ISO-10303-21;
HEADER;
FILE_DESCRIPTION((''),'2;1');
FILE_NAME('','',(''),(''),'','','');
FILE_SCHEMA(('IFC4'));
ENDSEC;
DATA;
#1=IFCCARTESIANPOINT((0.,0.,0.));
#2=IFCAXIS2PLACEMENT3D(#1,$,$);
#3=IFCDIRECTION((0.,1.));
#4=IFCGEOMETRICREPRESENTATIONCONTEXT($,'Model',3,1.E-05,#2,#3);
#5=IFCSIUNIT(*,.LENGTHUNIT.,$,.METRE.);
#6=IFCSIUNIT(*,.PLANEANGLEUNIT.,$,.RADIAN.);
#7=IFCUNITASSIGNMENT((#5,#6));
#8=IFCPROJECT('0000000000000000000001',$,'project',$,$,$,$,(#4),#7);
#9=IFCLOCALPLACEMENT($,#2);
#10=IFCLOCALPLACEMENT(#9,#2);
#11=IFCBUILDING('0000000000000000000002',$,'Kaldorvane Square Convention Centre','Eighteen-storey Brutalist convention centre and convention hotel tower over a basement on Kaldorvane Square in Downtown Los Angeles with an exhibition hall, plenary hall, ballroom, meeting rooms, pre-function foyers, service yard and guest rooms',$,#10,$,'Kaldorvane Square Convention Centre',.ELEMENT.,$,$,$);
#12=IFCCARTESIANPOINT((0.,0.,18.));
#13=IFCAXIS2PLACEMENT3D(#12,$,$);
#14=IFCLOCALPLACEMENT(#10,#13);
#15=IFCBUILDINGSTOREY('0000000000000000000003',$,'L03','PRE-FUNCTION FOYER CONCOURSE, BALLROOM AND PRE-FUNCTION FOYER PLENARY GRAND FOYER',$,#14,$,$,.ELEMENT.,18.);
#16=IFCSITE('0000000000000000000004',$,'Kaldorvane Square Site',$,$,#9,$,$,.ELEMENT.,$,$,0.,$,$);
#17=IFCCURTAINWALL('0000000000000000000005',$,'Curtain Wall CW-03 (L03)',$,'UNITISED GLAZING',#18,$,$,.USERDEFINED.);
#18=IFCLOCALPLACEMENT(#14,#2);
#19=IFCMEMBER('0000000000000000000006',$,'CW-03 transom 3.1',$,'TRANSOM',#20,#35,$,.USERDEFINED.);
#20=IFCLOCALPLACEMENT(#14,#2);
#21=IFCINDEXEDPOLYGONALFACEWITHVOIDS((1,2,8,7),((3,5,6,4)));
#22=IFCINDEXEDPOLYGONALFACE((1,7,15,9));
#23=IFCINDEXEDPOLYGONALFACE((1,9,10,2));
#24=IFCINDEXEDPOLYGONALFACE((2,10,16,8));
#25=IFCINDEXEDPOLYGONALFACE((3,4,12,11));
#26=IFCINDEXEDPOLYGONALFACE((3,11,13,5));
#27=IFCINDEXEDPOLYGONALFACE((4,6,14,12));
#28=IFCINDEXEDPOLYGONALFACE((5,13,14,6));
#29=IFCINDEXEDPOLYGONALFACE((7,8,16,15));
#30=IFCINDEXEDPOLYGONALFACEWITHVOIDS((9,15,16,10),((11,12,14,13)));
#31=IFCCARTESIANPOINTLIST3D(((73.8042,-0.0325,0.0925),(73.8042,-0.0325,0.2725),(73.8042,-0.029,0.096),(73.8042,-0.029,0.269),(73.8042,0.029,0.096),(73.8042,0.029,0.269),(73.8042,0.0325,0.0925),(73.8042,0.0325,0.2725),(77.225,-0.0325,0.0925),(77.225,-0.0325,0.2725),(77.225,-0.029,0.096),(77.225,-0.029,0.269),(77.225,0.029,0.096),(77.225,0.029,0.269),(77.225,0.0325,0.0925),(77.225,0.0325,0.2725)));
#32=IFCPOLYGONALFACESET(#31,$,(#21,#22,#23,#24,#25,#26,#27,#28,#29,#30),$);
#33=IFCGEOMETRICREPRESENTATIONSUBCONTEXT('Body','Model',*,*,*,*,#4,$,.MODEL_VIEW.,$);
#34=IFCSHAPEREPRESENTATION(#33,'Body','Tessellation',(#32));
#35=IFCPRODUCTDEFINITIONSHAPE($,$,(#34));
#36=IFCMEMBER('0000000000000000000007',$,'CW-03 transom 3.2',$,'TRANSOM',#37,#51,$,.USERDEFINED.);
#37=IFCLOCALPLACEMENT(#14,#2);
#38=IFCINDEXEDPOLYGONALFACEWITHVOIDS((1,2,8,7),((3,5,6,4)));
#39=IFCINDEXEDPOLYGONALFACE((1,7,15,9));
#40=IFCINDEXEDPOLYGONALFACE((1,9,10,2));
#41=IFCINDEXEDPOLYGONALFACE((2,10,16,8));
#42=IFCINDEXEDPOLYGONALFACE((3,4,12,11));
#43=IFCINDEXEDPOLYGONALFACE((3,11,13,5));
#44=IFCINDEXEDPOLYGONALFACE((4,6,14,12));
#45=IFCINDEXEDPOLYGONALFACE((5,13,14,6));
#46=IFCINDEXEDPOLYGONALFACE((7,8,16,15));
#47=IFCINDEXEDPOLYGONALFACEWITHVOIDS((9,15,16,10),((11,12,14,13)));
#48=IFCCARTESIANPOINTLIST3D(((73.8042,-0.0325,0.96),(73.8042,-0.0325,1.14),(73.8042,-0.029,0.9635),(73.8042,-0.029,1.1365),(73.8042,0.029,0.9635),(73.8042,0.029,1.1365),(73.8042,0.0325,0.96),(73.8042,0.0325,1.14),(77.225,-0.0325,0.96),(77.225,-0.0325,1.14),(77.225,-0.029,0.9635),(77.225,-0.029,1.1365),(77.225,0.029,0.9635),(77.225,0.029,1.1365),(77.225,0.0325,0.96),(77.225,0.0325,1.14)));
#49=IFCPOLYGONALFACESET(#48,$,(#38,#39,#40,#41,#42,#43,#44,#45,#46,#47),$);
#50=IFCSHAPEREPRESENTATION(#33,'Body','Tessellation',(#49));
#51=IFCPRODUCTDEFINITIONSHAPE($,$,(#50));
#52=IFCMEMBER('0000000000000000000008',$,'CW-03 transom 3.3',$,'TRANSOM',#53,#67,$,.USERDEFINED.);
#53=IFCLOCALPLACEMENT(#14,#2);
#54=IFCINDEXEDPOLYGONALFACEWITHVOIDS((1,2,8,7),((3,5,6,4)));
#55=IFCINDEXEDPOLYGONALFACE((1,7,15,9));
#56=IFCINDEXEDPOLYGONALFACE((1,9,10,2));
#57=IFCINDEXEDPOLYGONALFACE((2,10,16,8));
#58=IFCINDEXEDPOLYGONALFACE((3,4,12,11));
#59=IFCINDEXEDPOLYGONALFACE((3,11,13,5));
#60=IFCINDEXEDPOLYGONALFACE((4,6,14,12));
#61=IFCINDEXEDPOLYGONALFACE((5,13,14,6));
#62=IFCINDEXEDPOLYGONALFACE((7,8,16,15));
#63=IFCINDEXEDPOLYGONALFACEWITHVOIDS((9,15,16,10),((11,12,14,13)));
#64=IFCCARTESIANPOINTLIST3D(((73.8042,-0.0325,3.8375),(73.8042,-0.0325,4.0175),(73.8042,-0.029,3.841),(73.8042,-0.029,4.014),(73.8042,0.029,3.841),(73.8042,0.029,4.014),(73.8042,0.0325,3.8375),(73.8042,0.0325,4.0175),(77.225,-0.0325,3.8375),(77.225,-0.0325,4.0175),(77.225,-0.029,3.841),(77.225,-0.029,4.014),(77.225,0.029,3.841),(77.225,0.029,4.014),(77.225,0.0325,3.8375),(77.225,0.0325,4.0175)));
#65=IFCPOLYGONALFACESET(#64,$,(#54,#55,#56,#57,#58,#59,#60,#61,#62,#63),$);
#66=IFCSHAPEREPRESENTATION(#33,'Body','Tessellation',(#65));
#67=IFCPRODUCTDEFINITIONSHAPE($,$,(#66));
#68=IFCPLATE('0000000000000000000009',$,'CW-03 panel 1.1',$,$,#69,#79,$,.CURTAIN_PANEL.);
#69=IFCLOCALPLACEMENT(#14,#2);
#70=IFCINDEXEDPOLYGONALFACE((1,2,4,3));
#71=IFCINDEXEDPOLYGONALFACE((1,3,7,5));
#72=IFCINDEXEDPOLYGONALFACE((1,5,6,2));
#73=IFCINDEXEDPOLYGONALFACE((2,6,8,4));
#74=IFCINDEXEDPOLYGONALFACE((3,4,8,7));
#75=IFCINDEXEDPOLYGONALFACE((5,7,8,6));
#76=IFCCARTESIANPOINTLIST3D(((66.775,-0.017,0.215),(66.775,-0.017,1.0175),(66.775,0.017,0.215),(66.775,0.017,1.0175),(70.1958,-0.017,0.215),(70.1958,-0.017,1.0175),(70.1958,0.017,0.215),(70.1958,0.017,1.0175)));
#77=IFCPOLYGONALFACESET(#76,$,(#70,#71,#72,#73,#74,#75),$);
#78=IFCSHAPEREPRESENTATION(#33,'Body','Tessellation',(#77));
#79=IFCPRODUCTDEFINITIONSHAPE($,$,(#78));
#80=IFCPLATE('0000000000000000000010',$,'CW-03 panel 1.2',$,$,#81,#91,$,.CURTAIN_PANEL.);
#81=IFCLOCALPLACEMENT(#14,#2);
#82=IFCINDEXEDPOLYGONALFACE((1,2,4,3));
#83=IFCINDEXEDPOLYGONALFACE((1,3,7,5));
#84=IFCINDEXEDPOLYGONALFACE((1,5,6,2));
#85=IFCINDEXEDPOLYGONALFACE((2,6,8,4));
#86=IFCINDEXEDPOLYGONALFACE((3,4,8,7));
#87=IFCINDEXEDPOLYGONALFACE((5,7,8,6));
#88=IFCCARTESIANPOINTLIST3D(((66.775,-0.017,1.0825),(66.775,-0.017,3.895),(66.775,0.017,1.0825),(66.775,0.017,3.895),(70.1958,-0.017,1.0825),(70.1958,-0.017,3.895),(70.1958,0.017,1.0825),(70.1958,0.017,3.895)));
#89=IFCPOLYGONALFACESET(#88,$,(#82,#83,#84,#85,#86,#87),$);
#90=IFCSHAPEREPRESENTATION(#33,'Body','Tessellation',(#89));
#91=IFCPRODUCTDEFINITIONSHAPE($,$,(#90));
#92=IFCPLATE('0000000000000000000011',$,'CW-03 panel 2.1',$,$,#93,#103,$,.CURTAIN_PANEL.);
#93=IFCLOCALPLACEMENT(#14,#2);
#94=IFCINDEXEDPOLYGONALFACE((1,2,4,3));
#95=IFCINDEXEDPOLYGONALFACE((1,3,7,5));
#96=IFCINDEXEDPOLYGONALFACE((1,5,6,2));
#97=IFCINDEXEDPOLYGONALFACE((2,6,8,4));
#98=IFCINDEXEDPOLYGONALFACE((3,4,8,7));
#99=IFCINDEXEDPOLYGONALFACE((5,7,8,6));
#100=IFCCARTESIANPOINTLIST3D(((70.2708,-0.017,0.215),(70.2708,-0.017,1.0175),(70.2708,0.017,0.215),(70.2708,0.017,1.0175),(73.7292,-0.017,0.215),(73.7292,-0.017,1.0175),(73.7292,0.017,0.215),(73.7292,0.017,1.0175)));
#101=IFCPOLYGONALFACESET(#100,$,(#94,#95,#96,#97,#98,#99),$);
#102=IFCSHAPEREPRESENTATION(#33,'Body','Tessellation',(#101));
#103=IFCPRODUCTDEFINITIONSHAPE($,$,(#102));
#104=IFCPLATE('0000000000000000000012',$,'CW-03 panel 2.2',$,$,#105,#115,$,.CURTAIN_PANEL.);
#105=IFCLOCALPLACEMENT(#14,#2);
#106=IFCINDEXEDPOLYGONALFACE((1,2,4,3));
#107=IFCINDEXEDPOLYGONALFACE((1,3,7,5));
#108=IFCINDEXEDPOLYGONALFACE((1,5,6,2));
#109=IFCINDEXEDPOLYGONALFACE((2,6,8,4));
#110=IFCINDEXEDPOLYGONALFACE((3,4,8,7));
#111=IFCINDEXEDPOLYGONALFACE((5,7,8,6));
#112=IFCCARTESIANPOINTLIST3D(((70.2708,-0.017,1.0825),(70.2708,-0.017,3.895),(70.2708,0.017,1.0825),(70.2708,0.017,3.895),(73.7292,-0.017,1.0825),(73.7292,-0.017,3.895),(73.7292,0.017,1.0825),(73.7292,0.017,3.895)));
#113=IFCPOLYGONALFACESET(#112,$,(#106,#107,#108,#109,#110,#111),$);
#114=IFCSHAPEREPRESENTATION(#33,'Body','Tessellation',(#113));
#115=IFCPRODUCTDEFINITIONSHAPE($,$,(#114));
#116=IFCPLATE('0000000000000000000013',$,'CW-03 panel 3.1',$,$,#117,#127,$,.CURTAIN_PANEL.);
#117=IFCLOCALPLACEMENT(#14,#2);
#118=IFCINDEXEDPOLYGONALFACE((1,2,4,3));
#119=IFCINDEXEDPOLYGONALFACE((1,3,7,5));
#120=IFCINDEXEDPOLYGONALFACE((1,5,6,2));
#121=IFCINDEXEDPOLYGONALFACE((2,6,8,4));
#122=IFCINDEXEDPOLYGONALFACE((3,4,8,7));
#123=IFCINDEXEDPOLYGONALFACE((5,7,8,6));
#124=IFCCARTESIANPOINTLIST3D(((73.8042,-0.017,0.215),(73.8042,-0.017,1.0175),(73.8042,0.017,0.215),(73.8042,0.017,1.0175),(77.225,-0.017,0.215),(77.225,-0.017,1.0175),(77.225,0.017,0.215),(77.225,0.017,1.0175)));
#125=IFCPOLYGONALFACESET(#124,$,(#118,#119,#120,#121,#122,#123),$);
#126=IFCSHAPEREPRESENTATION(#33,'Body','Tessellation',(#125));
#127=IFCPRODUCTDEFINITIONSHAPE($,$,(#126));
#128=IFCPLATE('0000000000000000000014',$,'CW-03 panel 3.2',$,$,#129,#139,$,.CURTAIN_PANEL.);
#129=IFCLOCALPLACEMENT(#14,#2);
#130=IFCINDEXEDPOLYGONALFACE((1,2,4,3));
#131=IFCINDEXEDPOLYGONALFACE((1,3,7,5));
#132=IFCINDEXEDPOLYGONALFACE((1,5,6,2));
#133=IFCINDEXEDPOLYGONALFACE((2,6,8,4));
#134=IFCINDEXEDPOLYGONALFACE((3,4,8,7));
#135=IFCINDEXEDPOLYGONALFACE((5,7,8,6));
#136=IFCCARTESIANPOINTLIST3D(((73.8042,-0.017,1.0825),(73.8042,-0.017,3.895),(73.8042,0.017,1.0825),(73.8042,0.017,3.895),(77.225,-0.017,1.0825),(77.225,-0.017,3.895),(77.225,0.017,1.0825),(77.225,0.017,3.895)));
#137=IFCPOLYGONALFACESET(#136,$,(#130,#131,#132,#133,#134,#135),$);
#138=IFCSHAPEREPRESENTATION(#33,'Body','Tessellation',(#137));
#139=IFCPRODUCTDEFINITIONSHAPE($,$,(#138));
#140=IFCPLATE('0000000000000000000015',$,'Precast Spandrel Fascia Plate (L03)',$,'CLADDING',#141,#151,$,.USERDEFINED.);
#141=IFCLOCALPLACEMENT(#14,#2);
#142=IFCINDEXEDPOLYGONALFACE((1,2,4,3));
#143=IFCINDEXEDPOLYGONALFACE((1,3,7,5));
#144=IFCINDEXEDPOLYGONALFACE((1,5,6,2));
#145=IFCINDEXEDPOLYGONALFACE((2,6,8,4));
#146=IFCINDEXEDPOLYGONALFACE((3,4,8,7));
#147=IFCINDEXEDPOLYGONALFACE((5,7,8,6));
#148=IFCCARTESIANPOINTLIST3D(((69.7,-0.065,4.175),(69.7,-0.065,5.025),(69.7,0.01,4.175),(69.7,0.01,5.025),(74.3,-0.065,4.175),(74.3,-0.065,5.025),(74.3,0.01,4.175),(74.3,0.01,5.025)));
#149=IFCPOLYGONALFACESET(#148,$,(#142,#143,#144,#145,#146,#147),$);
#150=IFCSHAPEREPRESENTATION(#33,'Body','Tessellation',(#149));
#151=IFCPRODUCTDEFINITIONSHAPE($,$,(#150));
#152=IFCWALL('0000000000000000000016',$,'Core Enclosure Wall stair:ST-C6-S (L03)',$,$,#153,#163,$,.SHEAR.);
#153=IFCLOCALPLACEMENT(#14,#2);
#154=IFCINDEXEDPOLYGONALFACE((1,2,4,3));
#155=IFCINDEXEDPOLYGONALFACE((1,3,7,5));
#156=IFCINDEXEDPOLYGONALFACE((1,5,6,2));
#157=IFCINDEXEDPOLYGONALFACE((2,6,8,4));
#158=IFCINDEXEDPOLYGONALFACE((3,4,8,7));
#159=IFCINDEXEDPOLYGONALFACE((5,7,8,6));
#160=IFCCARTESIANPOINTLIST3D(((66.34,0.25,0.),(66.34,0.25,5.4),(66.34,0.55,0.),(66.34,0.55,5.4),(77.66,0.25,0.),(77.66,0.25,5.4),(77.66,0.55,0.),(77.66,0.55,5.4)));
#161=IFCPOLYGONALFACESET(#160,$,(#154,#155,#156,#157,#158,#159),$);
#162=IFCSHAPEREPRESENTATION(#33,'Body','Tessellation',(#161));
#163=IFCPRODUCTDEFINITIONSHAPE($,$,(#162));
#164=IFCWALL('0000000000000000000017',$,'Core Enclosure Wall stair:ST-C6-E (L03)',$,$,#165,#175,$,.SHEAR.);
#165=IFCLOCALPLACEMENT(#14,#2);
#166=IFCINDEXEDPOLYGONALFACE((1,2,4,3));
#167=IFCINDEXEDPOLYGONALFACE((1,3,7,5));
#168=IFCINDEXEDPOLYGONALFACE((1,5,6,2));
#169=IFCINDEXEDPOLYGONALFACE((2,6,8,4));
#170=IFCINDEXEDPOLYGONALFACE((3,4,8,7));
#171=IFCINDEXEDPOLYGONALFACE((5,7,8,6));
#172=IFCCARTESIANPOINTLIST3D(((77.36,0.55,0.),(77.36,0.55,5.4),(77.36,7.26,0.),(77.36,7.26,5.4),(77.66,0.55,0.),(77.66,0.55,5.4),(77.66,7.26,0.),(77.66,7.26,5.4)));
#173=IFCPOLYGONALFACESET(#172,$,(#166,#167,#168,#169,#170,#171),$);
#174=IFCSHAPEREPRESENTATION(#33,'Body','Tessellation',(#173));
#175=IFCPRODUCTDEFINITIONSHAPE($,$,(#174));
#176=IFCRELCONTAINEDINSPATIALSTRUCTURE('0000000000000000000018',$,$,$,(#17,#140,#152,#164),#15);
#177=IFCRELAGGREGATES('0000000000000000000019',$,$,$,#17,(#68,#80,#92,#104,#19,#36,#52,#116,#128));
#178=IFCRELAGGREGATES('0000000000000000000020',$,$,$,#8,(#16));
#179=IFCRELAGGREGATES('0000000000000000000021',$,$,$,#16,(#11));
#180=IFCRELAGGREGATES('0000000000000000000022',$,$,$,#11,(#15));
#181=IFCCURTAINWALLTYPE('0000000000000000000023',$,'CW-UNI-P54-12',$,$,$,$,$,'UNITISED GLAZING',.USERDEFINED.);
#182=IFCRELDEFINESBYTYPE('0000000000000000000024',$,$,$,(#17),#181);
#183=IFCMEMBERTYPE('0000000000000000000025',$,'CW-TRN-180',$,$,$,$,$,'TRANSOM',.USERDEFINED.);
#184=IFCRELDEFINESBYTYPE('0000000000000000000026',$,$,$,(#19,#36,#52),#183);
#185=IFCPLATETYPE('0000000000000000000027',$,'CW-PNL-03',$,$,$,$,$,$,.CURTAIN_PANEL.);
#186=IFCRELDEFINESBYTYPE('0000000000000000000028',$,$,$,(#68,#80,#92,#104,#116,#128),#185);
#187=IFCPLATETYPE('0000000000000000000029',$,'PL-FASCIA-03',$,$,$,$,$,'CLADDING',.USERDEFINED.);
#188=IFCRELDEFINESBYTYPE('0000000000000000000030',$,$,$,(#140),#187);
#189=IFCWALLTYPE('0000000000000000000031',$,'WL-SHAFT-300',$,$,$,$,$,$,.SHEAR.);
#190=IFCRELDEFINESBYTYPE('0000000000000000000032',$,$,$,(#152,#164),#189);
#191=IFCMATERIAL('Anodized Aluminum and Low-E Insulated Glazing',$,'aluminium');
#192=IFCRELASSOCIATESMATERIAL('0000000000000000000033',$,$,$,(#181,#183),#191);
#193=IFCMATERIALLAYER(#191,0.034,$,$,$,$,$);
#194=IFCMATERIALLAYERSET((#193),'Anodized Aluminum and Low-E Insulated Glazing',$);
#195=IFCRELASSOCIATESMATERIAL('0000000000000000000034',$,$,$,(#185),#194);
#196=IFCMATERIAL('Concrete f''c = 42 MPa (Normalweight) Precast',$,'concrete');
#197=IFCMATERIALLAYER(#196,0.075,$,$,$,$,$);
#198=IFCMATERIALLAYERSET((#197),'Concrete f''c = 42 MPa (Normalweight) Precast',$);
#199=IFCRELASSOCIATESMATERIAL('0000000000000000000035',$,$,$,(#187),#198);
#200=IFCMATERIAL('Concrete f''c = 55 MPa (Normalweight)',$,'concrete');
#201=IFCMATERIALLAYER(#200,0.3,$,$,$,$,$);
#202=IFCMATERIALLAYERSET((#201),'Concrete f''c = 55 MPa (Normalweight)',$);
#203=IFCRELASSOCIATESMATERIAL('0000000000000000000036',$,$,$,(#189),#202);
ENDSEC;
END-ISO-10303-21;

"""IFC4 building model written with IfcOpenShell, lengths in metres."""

from ifc_helpers import new_model, si_unit, direction, frame, frame_2d, origin, origin_2d, place, context, subcontext, project, spatial, rectangle, hollow_rectangle, extrude, material, layer, layer_set, material_profile, profile_set, type_object, element, aggregate, save


model = new_model("IFC4")

# Units and contexts
model_context = context("Model", 3, precision=1e-05, world=origin(), true_north=direction((0.0, 1.0)))
body_context = subcontext(model_context, "Body", "Model", "MODEL_VIEW")
ifc_project = project(units=[si_unit("LENGTHUNIT", "METRE"), si_unit("PLANEANGLEUNIT", "RADIAN")], contexts=[model_context])

# Site, building, storey
site_placement = place(None, origin())
site = spatial("IfcSite", under=ifc_project, at=site_placement, Name="Kaldorvane Square Site", CompositionType="ELEMENT", RefElevation=0.0)
building_placement = place(site_placement, origin())
building = spatial("IfcBuilding", under=site, at=building_placement, Name="Kaldorvane Square Convention Centre", Description="Eighteen-storey Brutalist convention centre and convention hotel tower over a basement on Kaldorvane Square in Downtown Los Angeles with an exhibition hall, plenary hall, ballroom, meeting rooms, pre-function foyers, service yard and guest rooms", LongName="Kaldorvane Square Convention Centre", CompositionType="ELEMENT")
storey_placement = place(building_placement, frame((0.0, 0.0, 18.0)))
storey = spatial("IfcBuildingStorey", under=building, at=storey_placement, Name="L03", Description="PRE-FUNCTION FOYER CONCOURSE, BALLROOM AND PRE-FUNCTION FOYER PLENARY GRAND FOYER", CompositionType="ELEMENT", Elevation=18.0)

# Curtain wall, members, plates
ifc_material_1 = material(Name="Anodized Aluminum and Low-E Insulated Glazing", Category="aluminium")
curtain_wall_type = type_object("IfcCurtainWallType", Name="CW-UNI-P54-12", ElementType="UNITISED GLAZING", PredefinedType="USERDEFINED", material=ifc_material_1)
curtain_wall_placement = place(storey_placement, origin())
curtain_wall = element("IfcCurtainWall", 1, at=curtain_wall_placement, inside=storey, type_object=curtain_wall_type, Name="Curtain Wall CW-03 (L03)", ObjectType="UNITISED GLAZING", PredefinedType="USERDEFINED")
ifc_material_profile_1 = material_profile(ifc_material_1, hollow_rectangle(XDim=0.065, YDim=0.18, WallThickness=0.0035, at=origin_2d()), Name="CWT-180X65")
ifc_profile_set_1 = profile_set([ifc_material_profile_1], Name="Anodized Aluminum and Low-E Insulated Glazing")
member_type_1 = type_object("IfcMemberType", Name="CW-TRN-180", ElementType="TRANSOM", PredefinedType="USERDEFINED", material=ifc_profile_set_1)
member_1_placement = place(storey_placement, frame((73.8042, 0.0, 0.1825), z_axis=(1.0, 0.0, 0.0), x_axis=(0.0, 1.0, 0.0)))
member_1 = element("IfcMember", 2, at=member_1_placement, type_object=member_type_1, Name="CW-03 transom 3.1", ObjectType="TRANSOM", PredefinedType="USERDEFINED", context=body_context, shape_type="SweptSolid", body=[
    extrude(hollow_rectangle(XDim=0.065, YDim=0.18, WallThickness=0.0035, at=origin_2d()), origin(), (0.0, 0.0, 1.0), 3.4208),
])
member_2_placement = place(storey_placement, frame((73.8042, 0.0, 1.05), z_axis=(1.0, 0.0, 0.0), x_axis=(0.0, 1.0, 0.0)))
member_2 = element("IfcMember", 3, at=member_2_placement, type_object=member_type_1, Name="CW-03 transom 3.2", ObjectType="TRANSOM", PredefinedType="USERDEFINED", context=body_context, shape_type="SweptSolid", body=[
    extrude(hollow_rectangle(XDim=0.065, YDim=0.18, WallThickness=0.0035, at=origin_2d()), origin(), (0.0, 0.0, 1.0), 3.4208),
])
member_3_placement = place(storey_placement, frame((73.8042, 0.0, 3.9275), z_axis=(1.0, 0.0, 0.0), x_axis=(0.0, 1.0, 0.0)))
member_3 = element("IfcMember", 4, at=member_3_placement, type_object=member_type_1, Name="CW-03 transom 3.3", ObjectType="TRANSOM", PredefinedType="USERDEFINED", context=body_context, shape_type="SweptSolid", body=[
    extrude(hollow_rectangle(XDim=0.065, YDim=0.18, WallThickness=0.0035, at=origin_2d()), origin(), (0.0, 0.0, 1.0), 3.4208),
])
ifc_layer_1 = layer(ifc_material_1, 0.034)
ifc_layer_set_1 = layer_set([ifc_layer_1], Name="Anodized Aluminum and Low-E Insulated Glazing")
plate_type_1 = type_object("IfcPlateType", Name="CW-PNL-03", PredefinedType="CURTAIN_PANEL", material=ifc_layer_set_1)
plate_1_placement = place(storey_placement, frame((68.4854, 0.0, 0.215), z_axis=(0.0, 0.0, 1.0), x_axis=(1.0, 0.0, 0.0)))
plate_1 = element("IfcPlate", 5, at=plate_1_placement, type_object=plate_type_1, Name="CW-03 panel 1.1", PredefinedType="CURTAIN_PANEL", context=body_context, shape_type="SweptSolid", body=[
    extrude(rectangle(XDim=3.4208, YDim=0.034, at=origin_2d()), origin(), (0.0, 0.0, 1.0), 0.8025),
])
plate_2_placement = place(storey_placement, frame((68.4854, 0.0, 1.0825), z_axis=(0.0, 0.0, 1.0), x_axis=(1.0, 0.0, 0.0)))
plate_2 = element("IfcPlate", 6, at=plate_2_placement, type_object=plate_type_1, Name="CW-03 panel 1.2", PredefinedType="CURTAIN_PANEL", context=body_context, shape_type="SweptSolid", body=[
    extrude(rectangle(XDim=3.4208, YDim=0.034, at=origin_2d()), origin(), (0.0, 0.0, 1.0), 2.8125),
])
plate_3_placement = place(storey_placement, frame((72.0, 0.0, 0.215), z_axis=(0.0, 0.0, 1.0), x_axis=(1.0, 0.0, 0.0)))
plate_3 = element("IfcPlate", 7, at=plate_3_placement, type_object=plate_type_1, Name="CW-03 panel 2.1", PredefinedType="CURTAIN_PANEL", context=body_context, shape_type="SweptSolid", body=[
    extrude(rectangle(XDim=3.4583, YDim=0.034, at=origin_2d()), origin(), (0.0, 0.0, 1.0), 0.8025),
])
plate_4_placement = place(storey_placement, frame((72.0, 0.0, 1.0825), z_axis=(0.0, 0.0, 1.0), x_axis=(1.0, 0.0, 0.0)))
plate_4 = element("IfcPlate", 8, at=plate_4_placement, type_object=plate_type_1, Name="CW-03 panel 2.2", PredefinedType="CURTAIN_PANEL", context=body_context, shape_type="SweptSolid", body=[
    extrude(rectangle(XDim=3.4583, YDim=0.034, at=origin_2d()), origin(), (0.0, 0.0, 1.0), 2.8125),
])
plate_5_placement = place(storey_placement, frame((75.5146, 0.0, 0.215), z_axis=(0.0, 0.0, 1.0), x_axis=(1.0, 0.0, 0.0)))
plate_5 = element("IfcPlate", 9, at=plate_5_placement, type_object=plate_type_1, Name="CW-03 panel 3.1", PredefinedType="CURTAIN_PANEL", context=body_context, shape_type="SweptSolid", body=[
    extrude(rectangle(XDim=3.4208, YDim=0.034, at=origin_2d()), origin(), (0.0, 0.0, 1.0), 0.8025),
])
plate_6_placement = place(storey_placement, frame((75.5146, 0.0, 1.0825), z_axis=(0.0, 0.0, 1.0), x_axis=(1.0, 0.0, 0.0)))
plate_6 = element("IfcPlate", 10, at=plate_6_placement, type_object=plate_type_1, Name="CW-03 panel 3.2", PredefinedType="CURTAIN_PANEL", context=body_context, shape_type="SweptSolid", body=[
    extrude(rectangle(XDim=3.4208, YDim=0.034, at=origin_2d()), origin(), (0.0, 0.0, 1.0), 2.8125),
])
aggregate(curtain_wall, [plate_1, plate_2, plate_3, plate_4, member_1, member_2, member_3, plate_5, plate_6])

# Plate
ifc_material_2 = material(Name="Concrete f'c = 42 MPa (Normalweight) Precast", Category="concrete")
ifc_layer_2 = layer(ifc_material_2, 0.075)
ifc_layer_set_2 = layer_set([ifc_layer_2], Name="Concrete f'c = 42 MPa (Normalweight) Precast")
plate_type_2 = type_object("IfcPlateType", Name="PL-FASCIA-03", ElementType="CLADDING", PredefinedType="USERDEFINED", material=ifc_layer_set_2)
plate_7_placement = place(storey_placement, frame((72.0, -0.0275, 4.175), z_axis=(0.0, 0.0, 1.0), x_axis=(1.0, 0.0, 0.0)))
element("IfcPlate", 11, at=plate_7_placement, inside=storey, type_object=plate_type_2, Name="Precast Spandrel Fascia Plate (L03)", ObjectType="CLADDING", PredefinedType="USERDEFINED", context=body_context, shape_type="SweptSolid", body=[
    extrude(rectangle(XDim=4.6, YDim=0.075, at=origin_2d()), origin(), (0.0, 0.0, 1.0), 0.85),
])

# Walls
ifc_material_3 = material(Name="Concrete f'c = 55 MPa (Normalweight)", Category="concrete")
ifc_layer_3 = layer(ifc_material_3, 0.3)
ifc_layer_set_3 = layer_set([ifc_layer_3], Name="Concrete f'c = 55 MPa (Normalweight)")
wall_type = type_object("IfcWallType", Name="WL-SHAFT-300", PredefinedType="SHEAR", material=ifc_layer_set_3)
wall_1_placement = place(storey_placement, frame((77.66, 0.4, 0.0), z_axis=(0.0, 0.0, 1.0), x_axis=(-1.0, 0.0, 0.0)))
element("IfcWall", 12, at=wall_1_placement, inside=storey, type_object=wall_type, Name="Core Enclosure Wall stair:ST-C6-S (L03)", PredefinedType="SHEAR", context=body_context, shape_type="SweptSolid", body=[
    extrude(rectangle(XDim=11.32, YDim=0.3, at=frame_2d((5.66, 0.0))), origin(), (0.0, 0.0, 1.0), 5.4),
])
wall_2_placement = place(storey_placement, frame((77.51, 0.55, 0.0), z_axis=(0.0, 0.0, 1.0), x_axis=(0.0, 1.0, 0.0)))
element("IfcWall", 13, at=wall_2_placement, inside=storey, type_object=wall_type, Name="Core Enclosure Wall stair:ST-C6-E (L03)", PredefinedType="SHEAR", context=body_context, shape_type="SweptSolid", body=[
    extrude(rectangle(XDim=6.71, YDim=0.3, at=frame_2d((3.355, 0.0))), origin(), (0.0, 0.0, 1.0), 5.4),
])

save(model, "model.ifc")
